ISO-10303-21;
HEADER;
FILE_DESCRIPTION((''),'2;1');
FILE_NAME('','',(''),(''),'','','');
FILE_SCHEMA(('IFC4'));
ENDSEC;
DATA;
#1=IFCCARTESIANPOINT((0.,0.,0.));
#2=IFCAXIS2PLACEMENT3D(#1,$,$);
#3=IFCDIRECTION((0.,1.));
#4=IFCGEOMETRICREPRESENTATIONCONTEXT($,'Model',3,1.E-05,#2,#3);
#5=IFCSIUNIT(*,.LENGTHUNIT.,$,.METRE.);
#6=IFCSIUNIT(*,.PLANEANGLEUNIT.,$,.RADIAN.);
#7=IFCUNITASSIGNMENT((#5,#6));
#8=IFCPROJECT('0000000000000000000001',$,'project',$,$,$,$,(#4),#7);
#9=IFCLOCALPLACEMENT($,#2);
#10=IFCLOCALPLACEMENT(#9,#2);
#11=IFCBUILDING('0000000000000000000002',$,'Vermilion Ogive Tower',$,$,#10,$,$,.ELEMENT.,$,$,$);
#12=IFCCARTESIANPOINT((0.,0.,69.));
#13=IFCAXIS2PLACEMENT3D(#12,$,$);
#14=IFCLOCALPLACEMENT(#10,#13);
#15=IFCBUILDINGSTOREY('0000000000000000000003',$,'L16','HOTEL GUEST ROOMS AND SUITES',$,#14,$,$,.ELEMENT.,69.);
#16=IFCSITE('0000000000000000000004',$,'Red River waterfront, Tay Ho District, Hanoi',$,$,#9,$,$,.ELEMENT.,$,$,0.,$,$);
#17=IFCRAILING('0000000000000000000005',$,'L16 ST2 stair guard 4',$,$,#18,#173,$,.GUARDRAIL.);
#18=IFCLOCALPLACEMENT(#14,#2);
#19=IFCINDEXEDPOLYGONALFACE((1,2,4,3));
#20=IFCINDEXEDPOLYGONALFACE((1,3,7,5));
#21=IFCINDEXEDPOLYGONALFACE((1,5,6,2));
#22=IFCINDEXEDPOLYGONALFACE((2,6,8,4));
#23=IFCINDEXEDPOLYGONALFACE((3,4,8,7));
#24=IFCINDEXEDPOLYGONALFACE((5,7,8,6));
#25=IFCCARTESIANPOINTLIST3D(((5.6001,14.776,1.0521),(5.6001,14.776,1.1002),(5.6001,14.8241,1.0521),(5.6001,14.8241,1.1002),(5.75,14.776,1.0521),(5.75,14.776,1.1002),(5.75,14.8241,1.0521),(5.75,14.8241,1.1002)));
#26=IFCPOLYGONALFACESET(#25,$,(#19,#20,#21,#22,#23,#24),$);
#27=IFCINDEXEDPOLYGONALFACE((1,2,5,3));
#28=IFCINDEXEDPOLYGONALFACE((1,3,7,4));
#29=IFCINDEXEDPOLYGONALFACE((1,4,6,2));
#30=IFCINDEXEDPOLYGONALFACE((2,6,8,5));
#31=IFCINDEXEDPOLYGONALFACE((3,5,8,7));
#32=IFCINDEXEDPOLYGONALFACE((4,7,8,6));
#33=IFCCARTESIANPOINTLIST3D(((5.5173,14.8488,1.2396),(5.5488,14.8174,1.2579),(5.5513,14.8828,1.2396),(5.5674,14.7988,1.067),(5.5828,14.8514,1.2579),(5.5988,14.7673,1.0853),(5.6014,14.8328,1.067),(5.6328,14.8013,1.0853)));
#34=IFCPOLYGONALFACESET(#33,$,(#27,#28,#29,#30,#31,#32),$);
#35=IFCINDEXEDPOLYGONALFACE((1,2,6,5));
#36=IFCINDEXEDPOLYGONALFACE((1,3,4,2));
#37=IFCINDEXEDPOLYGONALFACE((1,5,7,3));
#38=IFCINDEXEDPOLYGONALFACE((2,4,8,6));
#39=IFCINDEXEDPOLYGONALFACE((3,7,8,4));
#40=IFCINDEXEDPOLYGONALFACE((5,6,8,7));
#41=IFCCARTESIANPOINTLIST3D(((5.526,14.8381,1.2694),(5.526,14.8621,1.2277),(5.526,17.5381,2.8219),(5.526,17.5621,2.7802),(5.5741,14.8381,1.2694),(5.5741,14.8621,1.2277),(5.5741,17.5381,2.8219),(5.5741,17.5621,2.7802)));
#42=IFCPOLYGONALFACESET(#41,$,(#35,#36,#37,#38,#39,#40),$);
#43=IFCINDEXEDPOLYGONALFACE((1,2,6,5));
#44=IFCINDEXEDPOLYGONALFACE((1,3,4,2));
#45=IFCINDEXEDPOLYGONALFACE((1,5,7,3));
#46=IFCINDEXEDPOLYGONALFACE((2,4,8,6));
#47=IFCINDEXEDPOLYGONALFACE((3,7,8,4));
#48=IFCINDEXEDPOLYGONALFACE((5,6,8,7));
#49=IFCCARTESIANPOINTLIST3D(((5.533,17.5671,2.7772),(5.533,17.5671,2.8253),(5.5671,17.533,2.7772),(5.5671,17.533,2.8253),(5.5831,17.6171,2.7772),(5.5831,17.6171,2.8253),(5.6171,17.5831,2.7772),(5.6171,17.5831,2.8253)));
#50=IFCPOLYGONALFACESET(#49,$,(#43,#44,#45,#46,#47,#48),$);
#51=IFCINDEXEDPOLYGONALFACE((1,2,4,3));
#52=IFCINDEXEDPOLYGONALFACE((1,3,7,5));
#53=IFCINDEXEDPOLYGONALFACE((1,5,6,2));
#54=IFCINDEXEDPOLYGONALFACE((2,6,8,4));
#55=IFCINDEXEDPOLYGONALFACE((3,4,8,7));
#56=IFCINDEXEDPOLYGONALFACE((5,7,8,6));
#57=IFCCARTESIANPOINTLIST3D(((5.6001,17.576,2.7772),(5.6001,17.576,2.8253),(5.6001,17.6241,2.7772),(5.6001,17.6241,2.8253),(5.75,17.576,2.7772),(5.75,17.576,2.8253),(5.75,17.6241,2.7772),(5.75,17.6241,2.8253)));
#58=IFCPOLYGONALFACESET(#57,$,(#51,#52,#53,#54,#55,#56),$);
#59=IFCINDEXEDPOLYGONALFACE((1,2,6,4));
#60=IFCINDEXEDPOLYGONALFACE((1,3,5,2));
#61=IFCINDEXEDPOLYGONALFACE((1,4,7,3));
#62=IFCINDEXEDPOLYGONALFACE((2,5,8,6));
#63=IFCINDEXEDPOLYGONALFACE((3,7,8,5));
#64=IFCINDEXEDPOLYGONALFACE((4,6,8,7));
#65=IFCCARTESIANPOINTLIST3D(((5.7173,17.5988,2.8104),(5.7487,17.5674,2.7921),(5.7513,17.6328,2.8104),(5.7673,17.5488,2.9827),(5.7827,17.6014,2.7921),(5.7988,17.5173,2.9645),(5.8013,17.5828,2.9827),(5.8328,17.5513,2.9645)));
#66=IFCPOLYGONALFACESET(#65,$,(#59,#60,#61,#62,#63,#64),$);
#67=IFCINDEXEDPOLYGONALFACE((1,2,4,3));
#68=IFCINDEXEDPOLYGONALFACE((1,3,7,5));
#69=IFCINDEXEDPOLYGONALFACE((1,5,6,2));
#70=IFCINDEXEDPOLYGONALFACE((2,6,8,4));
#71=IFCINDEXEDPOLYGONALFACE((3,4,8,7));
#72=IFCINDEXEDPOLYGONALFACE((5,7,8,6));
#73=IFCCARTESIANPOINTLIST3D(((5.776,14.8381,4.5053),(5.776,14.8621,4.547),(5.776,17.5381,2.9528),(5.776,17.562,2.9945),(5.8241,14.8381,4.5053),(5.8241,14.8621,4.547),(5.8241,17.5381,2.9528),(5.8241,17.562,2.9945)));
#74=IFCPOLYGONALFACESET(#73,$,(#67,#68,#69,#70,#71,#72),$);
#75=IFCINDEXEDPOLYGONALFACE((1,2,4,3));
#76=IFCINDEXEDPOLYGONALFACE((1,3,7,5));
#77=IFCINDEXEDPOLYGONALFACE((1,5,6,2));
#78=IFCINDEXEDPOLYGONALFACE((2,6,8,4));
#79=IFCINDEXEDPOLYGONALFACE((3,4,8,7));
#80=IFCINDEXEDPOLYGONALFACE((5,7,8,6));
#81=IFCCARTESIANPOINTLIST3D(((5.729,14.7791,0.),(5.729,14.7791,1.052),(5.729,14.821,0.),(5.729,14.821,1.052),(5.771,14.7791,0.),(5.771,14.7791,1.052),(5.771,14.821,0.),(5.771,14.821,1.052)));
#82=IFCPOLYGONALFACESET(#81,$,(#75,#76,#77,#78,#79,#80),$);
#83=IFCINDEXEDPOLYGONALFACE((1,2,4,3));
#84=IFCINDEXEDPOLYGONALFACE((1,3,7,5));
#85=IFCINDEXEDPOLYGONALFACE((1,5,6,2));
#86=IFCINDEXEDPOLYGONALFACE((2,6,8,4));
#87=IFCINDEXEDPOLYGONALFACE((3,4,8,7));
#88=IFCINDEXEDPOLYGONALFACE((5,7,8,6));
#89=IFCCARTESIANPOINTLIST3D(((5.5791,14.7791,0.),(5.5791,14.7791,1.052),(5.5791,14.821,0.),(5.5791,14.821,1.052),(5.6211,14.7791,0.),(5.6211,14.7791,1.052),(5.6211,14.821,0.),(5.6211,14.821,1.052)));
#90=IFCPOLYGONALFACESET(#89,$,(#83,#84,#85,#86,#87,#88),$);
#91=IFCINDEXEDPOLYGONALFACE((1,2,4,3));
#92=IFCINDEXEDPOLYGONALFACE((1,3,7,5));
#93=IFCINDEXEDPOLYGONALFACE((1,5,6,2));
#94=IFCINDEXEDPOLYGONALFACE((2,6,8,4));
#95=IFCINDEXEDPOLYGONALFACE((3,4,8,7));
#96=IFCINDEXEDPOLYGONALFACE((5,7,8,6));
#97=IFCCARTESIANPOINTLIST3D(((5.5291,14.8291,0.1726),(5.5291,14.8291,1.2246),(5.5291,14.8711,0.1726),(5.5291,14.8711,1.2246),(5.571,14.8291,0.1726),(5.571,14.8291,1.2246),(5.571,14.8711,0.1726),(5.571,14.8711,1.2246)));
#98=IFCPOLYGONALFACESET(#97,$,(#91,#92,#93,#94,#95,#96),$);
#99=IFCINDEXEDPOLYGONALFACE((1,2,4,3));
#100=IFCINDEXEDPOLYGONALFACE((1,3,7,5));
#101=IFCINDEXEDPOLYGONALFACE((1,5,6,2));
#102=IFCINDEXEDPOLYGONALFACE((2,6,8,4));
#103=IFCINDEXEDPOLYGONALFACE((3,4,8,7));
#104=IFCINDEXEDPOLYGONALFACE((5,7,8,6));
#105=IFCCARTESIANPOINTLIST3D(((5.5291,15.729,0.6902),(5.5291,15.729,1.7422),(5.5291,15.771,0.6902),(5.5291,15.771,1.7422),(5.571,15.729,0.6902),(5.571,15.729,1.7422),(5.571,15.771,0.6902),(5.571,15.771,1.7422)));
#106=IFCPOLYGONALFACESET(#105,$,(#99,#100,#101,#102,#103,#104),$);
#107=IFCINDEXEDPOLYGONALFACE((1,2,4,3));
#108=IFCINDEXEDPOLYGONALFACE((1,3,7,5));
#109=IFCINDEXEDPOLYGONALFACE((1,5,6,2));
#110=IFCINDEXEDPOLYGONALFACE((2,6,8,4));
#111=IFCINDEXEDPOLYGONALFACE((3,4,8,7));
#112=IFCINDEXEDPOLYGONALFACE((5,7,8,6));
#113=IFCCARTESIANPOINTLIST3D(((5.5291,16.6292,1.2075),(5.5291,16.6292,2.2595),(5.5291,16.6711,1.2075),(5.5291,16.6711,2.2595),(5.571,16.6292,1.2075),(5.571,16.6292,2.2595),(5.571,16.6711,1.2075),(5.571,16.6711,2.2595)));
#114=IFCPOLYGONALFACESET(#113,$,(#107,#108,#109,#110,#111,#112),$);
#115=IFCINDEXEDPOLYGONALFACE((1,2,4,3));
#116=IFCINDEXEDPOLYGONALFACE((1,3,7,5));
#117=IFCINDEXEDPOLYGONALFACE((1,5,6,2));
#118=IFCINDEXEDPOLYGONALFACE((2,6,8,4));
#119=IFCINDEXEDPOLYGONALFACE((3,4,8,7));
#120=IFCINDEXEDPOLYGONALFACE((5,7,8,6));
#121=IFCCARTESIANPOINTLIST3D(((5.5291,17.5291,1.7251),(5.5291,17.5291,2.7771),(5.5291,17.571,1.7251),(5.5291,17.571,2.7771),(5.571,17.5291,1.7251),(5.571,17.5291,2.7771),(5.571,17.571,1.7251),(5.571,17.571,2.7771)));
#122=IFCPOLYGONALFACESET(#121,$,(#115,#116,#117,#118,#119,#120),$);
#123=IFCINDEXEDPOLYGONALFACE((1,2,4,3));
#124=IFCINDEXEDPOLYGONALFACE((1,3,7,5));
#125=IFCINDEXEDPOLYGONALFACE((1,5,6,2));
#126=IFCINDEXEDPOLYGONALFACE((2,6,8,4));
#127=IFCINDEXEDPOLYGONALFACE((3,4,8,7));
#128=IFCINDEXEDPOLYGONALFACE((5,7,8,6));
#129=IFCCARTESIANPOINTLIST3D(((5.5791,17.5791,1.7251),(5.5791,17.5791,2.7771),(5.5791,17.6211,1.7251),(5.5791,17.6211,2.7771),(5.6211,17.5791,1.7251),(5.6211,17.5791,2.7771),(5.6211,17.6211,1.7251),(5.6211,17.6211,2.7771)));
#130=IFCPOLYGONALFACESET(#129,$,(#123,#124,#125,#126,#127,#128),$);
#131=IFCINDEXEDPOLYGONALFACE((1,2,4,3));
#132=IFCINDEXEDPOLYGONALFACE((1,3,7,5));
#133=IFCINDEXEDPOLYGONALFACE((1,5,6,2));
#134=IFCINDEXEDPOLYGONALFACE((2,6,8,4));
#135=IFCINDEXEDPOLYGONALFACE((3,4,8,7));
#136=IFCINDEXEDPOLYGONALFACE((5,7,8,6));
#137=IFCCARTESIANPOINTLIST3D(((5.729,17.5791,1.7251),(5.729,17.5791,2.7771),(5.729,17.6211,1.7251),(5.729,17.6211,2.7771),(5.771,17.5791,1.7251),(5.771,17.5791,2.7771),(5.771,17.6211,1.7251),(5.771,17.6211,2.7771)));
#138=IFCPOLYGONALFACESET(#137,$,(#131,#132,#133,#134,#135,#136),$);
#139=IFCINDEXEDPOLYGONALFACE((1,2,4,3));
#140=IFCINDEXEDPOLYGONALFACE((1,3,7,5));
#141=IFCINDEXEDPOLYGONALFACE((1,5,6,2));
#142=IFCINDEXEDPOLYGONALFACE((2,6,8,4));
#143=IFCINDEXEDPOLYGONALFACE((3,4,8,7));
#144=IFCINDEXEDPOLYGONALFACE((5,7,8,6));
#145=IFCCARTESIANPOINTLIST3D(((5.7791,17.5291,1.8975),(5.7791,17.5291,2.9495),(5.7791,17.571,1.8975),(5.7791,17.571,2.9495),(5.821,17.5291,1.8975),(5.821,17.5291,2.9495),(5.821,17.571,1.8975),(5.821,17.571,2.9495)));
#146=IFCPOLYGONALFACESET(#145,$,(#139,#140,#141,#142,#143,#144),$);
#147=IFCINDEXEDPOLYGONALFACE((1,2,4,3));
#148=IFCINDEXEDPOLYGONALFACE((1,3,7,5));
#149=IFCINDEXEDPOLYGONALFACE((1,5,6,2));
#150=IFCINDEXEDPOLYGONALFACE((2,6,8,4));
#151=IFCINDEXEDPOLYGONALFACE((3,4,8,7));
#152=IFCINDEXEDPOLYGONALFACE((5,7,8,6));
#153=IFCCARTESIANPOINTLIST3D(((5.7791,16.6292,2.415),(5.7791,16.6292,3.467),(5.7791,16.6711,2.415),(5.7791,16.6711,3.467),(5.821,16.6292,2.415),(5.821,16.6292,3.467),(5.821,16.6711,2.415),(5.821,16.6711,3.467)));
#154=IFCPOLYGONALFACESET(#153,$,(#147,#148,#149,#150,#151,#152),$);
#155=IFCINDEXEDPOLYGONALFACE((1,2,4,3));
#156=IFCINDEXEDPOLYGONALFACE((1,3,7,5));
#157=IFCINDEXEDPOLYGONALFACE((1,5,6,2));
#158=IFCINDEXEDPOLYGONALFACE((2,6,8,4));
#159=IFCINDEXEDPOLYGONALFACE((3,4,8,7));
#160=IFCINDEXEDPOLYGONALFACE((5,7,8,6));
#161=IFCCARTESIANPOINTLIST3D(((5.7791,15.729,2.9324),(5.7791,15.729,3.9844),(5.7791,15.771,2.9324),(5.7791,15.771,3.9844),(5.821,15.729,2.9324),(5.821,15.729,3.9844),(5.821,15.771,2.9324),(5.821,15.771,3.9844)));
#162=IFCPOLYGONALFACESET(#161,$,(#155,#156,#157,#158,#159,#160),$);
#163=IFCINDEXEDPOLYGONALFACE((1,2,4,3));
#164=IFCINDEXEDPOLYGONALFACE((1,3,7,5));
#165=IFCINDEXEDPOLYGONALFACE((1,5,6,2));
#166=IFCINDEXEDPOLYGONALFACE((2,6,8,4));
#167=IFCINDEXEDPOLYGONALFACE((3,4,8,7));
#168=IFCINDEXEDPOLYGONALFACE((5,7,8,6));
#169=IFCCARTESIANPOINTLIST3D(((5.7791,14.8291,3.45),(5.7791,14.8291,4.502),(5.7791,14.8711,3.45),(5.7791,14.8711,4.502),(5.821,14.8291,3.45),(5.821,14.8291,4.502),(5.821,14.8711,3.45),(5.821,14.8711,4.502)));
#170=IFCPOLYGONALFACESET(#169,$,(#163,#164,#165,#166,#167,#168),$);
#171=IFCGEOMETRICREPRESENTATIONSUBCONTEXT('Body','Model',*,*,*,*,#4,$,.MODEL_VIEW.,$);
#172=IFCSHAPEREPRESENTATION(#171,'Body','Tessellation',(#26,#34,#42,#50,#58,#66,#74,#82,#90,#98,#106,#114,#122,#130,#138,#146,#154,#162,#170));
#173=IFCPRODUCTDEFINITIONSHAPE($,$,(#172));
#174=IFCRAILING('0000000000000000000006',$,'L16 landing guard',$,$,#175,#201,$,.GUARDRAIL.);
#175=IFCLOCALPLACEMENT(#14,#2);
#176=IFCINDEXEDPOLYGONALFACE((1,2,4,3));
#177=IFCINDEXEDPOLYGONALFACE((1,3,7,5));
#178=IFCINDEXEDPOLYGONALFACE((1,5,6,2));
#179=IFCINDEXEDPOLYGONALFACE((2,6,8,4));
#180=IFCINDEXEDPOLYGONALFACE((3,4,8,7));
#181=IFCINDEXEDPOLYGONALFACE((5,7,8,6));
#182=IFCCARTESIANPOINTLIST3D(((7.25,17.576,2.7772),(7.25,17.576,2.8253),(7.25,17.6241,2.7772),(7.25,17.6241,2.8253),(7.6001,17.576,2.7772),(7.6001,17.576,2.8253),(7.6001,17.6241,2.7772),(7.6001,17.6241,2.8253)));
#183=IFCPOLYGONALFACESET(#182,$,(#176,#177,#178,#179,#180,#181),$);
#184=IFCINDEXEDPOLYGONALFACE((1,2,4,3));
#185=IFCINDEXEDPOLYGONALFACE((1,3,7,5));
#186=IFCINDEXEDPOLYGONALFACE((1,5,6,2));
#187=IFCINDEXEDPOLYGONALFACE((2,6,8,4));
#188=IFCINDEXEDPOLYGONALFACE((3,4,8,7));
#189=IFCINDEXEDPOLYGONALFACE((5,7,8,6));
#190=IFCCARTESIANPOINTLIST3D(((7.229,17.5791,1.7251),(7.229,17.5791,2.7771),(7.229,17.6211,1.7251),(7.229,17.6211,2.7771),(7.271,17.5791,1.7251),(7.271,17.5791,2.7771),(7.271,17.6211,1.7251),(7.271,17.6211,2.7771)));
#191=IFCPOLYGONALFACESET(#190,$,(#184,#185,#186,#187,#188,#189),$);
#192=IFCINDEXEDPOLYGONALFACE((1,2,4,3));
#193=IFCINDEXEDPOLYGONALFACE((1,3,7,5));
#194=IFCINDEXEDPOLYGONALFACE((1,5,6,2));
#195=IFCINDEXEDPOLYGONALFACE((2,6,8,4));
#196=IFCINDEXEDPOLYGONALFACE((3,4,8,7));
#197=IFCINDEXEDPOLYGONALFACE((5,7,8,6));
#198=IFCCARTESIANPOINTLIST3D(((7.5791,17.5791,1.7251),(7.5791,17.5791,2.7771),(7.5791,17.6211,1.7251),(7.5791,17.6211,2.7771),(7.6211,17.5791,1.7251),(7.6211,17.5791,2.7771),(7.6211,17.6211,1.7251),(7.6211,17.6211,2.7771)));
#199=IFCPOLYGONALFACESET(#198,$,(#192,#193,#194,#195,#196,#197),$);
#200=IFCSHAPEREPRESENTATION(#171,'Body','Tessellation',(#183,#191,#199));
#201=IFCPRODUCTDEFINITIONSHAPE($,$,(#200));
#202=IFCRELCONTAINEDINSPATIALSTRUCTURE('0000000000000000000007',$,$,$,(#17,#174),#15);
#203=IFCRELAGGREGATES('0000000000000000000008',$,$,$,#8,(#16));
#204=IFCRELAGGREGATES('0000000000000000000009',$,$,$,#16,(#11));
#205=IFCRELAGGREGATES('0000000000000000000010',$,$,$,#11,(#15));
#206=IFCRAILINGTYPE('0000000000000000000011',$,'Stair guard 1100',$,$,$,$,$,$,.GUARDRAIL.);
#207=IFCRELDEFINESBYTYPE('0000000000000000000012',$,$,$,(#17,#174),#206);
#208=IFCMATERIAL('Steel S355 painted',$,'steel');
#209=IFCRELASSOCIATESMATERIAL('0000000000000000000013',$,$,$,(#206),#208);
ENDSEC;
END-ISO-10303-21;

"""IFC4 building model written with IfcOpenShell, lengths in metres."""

from ifc_helpers import new_model, si_unit, direction, frame, origin, origin_2d, place, context, subcontext, project, spatial, rectangle, extrude, material, type_object, element, save


model = new_model("IFC4")

# Units and contexts
model_context = context("Model", 3, precision=1e-05, world=origin(), true_north=direction((0.0, 1.0)))
body_context = subcontext(model_context, "Body", "Model", "MODEL_VIEW")
ifc_project = project(units=[si_unit("LENGTHUNIT", "METRE"), si_unit("PLANEANGLEUNIT", "RADIAN")], contexts=[model_context])

# Site, building, storey
site_placement = place(None, origin())
site = spatial("IfcSite", under=ifc_project, at=site_placement, Name="Red River waterfront, Tay Ho District, Hanoi", CompositionType="ELEMENT", RefElevation=0.0)
building_placement = place(site_placement, origin())
building = spatial("IfcBuilding", under=site, at=building_placement, Name="Vermilion Ogive Tower", CompositionType="ELEMENT")
storey_placement = place(building_placement, frame((0.0, 0.0, 69.0)))
storey = spatial("IfcBuildingStorey", under=building, at=storey_placement, Name="L16", Description="HOTEL GUEST ROOMS AND SUITES", CompositionType="ELEMENT", Elevation=69.0)

# Railings
ifc_material_1 = material(Name="Steel S355 painted", Category="steel")
railing_type_1 = type_object("IfcRailingType", Name="Stair guard 1100", PredefinedType="GUARDRAIL", material=ifc_material_1)
railing_1_placement = place(storey_placement, frame((5.75, 14.8, 0.0)))
element("IfcRailing", 1, at=railing_1_placement, inside=storey, type_object=railing_type_1, Name="L16 ST2 stair guard 4", PredefinedType="GUARDRAIL", context=body_context, shape_type="SweptSolid", body=[
    extrude(rectangle(XDim=0.0481, YDim=0.0481, at=origin_2d()), frame((0.0, 0.0, 1.0762), z_axis=(-1.0, 0.0, 0.0), x_axis=(0.0, -1.0, 0.0)), (0.0, 0.0, 1.0), 0.1499),
    extrude(rectangle(XDim=0.0481, YDim=0.0481, at=origin_2d()), frame((-0.1499, 0.0, 1.0762), z_axis=(-0.268278, 0.268278, 0.925232), x_axis=(-0.707107, -0.707107, 0.0)), (0.0, 0.0, 1.0), 0.1865),
    extrude(rectangle(XDim=0.0481, YDim=0.0481, at=origin_2d()), frame((-0.2, 0.05, 1.2485), z_axis=(0.0, 0.866904, 0.498476), x_axis=(-1.0, 0.0, 0.0)), (0.0, 0.0, 1.0), 3.1145),
    extrude(rectangle(XDim=0.0481, YDim=0.0481, at=origin_2d()), frame((-0.2, 2.75, 2.8013), z_axis=(0.707107, 0.707107, 0.0), x_axis=(-0.707107, 0.707107, 0.0)), (0.0, 0.0, 1.0), 0.0708),
    extrude(rectangle(XDim=0.0481, YDim=0.0481, at=origin_2d()), frame((-0.1499, 2.8, 2.8013), z_axis=(1.0, 0.0, 0.0), x_axis=(0.0, 1.0, 0.0)), (0.0, 0.0, 1.0), 0.1499),
    extrude(rectangle(XDim=0.0481, YDim=0.0481, at=origin_2d()), frame((0.0, 2.8, 2.8013), z_axis=(0.268603, -0.268603, 0.925043), x_axis=(0.707107, 0.707107, 0.0)), (0.0, 0.0, 1.0), 0.1863),
    extrude(rectangle(XDim=0.0481, YDim=0.0481, at=origin_2d()), frame((0.05, 2.75, 2.9736), z_axis=(0.0, -0.866904, 0.498476), x_axis=(1.0, 0.0, 0.0)), (0.0, 0.0, 1.0), 3.1145),
    extrude(rectangle(XDim=0.042, YDim=0.042, at=origin_2d()), origin(), (0.0, 0.0, 1.0), 1.052),
    extrude(rectangle(XDim=0.042, YDim=0.042, at=origin_2d()), frame((-0.1499, 0.0, 0.0)), (0.0, 0.0, 1.0), 1.052),
    extrude(rectangle(XDim=0.042, YDim=0.042, at=origin_2d()), frame((-0.2, 0.05, 0.1726)), (0.0, 0.0, 1.0), 1.052),
    extrude(rectangle(XDim=0.042, YDim=0.042, at=origin_2d()), frame((-0.2, 0.95, 0.6902)), (0.0, 0.0, 1.0), 1.052),
    extrude(rectangle(XDim=0.042, YDim=0.042, at=origin_2d()), frame((-0.2, 1.8501, 1.2075)), (0.0, 0.0, 1.0), 1.052),
    extrude(rectangle(XDim=0.042, YDim=0.042, at=origin_2d()), frame((-0.2, 2.75, 1.7251)), (0.0, 0.0, 1.0), 1.052),
    extrude(rectangle(XDim=0.042, YDim=0.042, at=origin_2d()), frame((-0.1499, 2.8, 1.7251)), (0.0, 0.0, 1.0), 1.052),
    extrude(rectangle(XDim=0.042, YDim=0.042, at=origin_2d()), frame((0.0, 2.8, 1.7251)), (0.0, 0.0, 1.0), 1.052),
    extrude(rectangle(XDim=0.042, YDim=0.042, at=origin_2d()), frame((0.05, 2.75, 1.8975)), (0.0, 0.0, 1.0), 1.052),
    extrude(rectangle(XDim=0.042, YDim=0.042, at=origin_2d()), frame((0.05, 1.8501, 2.415)), (0.0, 0.0, 1.0), 1.052),
    extrude(rectangle(XDim=0.042, YDim=0.042, at=origin_2d()), frame((0.05, 0.95, 2.9324)), (0.0, 0.0, 1.0), 1.052),
    extrude(rectangle(XDim=0.042, YDim=0.042, at=origin_2d()), frame((0.05, 0.05, 3.45)), (0.0, 0.0, 1.0), 1.052),
])
railing_2_placement = place(storey_placement, frame((7.25, 17.6001, 1.7251)))
element("IfcRailing", 2, at=railing_2_placement, inside=storey, type_object=railing_type_1, Name="L16 landing guard", PredefinedType="GUARDRAIL", context=body_context, shape_type="SweptSolid", body=[
    extrude(rectangle(XDim=0.0481, YDim=0.0481, at=origin_2d()), frame((0.0, 0.0, 1.0762), z_axis=(1.0, 0.0, 0.0), x_axis=(0.0, 1.0, 0.0)), (0.0, 0.0, 1.0), 0.3501),
    extrude(rectangle(XDim=0.042, YDim=0.042, at=origin_2d()), origin(), (0.0, 0.0, 1.0), 1.052),
    extrude(rectangle(XDim=0.042, YDim=0.042, at=origin_2d()), frame((0.3501, 0.0, 0.0)), (0.0, 0.0, 1.0), 1.052),
])

save(model, "model.ifc")
